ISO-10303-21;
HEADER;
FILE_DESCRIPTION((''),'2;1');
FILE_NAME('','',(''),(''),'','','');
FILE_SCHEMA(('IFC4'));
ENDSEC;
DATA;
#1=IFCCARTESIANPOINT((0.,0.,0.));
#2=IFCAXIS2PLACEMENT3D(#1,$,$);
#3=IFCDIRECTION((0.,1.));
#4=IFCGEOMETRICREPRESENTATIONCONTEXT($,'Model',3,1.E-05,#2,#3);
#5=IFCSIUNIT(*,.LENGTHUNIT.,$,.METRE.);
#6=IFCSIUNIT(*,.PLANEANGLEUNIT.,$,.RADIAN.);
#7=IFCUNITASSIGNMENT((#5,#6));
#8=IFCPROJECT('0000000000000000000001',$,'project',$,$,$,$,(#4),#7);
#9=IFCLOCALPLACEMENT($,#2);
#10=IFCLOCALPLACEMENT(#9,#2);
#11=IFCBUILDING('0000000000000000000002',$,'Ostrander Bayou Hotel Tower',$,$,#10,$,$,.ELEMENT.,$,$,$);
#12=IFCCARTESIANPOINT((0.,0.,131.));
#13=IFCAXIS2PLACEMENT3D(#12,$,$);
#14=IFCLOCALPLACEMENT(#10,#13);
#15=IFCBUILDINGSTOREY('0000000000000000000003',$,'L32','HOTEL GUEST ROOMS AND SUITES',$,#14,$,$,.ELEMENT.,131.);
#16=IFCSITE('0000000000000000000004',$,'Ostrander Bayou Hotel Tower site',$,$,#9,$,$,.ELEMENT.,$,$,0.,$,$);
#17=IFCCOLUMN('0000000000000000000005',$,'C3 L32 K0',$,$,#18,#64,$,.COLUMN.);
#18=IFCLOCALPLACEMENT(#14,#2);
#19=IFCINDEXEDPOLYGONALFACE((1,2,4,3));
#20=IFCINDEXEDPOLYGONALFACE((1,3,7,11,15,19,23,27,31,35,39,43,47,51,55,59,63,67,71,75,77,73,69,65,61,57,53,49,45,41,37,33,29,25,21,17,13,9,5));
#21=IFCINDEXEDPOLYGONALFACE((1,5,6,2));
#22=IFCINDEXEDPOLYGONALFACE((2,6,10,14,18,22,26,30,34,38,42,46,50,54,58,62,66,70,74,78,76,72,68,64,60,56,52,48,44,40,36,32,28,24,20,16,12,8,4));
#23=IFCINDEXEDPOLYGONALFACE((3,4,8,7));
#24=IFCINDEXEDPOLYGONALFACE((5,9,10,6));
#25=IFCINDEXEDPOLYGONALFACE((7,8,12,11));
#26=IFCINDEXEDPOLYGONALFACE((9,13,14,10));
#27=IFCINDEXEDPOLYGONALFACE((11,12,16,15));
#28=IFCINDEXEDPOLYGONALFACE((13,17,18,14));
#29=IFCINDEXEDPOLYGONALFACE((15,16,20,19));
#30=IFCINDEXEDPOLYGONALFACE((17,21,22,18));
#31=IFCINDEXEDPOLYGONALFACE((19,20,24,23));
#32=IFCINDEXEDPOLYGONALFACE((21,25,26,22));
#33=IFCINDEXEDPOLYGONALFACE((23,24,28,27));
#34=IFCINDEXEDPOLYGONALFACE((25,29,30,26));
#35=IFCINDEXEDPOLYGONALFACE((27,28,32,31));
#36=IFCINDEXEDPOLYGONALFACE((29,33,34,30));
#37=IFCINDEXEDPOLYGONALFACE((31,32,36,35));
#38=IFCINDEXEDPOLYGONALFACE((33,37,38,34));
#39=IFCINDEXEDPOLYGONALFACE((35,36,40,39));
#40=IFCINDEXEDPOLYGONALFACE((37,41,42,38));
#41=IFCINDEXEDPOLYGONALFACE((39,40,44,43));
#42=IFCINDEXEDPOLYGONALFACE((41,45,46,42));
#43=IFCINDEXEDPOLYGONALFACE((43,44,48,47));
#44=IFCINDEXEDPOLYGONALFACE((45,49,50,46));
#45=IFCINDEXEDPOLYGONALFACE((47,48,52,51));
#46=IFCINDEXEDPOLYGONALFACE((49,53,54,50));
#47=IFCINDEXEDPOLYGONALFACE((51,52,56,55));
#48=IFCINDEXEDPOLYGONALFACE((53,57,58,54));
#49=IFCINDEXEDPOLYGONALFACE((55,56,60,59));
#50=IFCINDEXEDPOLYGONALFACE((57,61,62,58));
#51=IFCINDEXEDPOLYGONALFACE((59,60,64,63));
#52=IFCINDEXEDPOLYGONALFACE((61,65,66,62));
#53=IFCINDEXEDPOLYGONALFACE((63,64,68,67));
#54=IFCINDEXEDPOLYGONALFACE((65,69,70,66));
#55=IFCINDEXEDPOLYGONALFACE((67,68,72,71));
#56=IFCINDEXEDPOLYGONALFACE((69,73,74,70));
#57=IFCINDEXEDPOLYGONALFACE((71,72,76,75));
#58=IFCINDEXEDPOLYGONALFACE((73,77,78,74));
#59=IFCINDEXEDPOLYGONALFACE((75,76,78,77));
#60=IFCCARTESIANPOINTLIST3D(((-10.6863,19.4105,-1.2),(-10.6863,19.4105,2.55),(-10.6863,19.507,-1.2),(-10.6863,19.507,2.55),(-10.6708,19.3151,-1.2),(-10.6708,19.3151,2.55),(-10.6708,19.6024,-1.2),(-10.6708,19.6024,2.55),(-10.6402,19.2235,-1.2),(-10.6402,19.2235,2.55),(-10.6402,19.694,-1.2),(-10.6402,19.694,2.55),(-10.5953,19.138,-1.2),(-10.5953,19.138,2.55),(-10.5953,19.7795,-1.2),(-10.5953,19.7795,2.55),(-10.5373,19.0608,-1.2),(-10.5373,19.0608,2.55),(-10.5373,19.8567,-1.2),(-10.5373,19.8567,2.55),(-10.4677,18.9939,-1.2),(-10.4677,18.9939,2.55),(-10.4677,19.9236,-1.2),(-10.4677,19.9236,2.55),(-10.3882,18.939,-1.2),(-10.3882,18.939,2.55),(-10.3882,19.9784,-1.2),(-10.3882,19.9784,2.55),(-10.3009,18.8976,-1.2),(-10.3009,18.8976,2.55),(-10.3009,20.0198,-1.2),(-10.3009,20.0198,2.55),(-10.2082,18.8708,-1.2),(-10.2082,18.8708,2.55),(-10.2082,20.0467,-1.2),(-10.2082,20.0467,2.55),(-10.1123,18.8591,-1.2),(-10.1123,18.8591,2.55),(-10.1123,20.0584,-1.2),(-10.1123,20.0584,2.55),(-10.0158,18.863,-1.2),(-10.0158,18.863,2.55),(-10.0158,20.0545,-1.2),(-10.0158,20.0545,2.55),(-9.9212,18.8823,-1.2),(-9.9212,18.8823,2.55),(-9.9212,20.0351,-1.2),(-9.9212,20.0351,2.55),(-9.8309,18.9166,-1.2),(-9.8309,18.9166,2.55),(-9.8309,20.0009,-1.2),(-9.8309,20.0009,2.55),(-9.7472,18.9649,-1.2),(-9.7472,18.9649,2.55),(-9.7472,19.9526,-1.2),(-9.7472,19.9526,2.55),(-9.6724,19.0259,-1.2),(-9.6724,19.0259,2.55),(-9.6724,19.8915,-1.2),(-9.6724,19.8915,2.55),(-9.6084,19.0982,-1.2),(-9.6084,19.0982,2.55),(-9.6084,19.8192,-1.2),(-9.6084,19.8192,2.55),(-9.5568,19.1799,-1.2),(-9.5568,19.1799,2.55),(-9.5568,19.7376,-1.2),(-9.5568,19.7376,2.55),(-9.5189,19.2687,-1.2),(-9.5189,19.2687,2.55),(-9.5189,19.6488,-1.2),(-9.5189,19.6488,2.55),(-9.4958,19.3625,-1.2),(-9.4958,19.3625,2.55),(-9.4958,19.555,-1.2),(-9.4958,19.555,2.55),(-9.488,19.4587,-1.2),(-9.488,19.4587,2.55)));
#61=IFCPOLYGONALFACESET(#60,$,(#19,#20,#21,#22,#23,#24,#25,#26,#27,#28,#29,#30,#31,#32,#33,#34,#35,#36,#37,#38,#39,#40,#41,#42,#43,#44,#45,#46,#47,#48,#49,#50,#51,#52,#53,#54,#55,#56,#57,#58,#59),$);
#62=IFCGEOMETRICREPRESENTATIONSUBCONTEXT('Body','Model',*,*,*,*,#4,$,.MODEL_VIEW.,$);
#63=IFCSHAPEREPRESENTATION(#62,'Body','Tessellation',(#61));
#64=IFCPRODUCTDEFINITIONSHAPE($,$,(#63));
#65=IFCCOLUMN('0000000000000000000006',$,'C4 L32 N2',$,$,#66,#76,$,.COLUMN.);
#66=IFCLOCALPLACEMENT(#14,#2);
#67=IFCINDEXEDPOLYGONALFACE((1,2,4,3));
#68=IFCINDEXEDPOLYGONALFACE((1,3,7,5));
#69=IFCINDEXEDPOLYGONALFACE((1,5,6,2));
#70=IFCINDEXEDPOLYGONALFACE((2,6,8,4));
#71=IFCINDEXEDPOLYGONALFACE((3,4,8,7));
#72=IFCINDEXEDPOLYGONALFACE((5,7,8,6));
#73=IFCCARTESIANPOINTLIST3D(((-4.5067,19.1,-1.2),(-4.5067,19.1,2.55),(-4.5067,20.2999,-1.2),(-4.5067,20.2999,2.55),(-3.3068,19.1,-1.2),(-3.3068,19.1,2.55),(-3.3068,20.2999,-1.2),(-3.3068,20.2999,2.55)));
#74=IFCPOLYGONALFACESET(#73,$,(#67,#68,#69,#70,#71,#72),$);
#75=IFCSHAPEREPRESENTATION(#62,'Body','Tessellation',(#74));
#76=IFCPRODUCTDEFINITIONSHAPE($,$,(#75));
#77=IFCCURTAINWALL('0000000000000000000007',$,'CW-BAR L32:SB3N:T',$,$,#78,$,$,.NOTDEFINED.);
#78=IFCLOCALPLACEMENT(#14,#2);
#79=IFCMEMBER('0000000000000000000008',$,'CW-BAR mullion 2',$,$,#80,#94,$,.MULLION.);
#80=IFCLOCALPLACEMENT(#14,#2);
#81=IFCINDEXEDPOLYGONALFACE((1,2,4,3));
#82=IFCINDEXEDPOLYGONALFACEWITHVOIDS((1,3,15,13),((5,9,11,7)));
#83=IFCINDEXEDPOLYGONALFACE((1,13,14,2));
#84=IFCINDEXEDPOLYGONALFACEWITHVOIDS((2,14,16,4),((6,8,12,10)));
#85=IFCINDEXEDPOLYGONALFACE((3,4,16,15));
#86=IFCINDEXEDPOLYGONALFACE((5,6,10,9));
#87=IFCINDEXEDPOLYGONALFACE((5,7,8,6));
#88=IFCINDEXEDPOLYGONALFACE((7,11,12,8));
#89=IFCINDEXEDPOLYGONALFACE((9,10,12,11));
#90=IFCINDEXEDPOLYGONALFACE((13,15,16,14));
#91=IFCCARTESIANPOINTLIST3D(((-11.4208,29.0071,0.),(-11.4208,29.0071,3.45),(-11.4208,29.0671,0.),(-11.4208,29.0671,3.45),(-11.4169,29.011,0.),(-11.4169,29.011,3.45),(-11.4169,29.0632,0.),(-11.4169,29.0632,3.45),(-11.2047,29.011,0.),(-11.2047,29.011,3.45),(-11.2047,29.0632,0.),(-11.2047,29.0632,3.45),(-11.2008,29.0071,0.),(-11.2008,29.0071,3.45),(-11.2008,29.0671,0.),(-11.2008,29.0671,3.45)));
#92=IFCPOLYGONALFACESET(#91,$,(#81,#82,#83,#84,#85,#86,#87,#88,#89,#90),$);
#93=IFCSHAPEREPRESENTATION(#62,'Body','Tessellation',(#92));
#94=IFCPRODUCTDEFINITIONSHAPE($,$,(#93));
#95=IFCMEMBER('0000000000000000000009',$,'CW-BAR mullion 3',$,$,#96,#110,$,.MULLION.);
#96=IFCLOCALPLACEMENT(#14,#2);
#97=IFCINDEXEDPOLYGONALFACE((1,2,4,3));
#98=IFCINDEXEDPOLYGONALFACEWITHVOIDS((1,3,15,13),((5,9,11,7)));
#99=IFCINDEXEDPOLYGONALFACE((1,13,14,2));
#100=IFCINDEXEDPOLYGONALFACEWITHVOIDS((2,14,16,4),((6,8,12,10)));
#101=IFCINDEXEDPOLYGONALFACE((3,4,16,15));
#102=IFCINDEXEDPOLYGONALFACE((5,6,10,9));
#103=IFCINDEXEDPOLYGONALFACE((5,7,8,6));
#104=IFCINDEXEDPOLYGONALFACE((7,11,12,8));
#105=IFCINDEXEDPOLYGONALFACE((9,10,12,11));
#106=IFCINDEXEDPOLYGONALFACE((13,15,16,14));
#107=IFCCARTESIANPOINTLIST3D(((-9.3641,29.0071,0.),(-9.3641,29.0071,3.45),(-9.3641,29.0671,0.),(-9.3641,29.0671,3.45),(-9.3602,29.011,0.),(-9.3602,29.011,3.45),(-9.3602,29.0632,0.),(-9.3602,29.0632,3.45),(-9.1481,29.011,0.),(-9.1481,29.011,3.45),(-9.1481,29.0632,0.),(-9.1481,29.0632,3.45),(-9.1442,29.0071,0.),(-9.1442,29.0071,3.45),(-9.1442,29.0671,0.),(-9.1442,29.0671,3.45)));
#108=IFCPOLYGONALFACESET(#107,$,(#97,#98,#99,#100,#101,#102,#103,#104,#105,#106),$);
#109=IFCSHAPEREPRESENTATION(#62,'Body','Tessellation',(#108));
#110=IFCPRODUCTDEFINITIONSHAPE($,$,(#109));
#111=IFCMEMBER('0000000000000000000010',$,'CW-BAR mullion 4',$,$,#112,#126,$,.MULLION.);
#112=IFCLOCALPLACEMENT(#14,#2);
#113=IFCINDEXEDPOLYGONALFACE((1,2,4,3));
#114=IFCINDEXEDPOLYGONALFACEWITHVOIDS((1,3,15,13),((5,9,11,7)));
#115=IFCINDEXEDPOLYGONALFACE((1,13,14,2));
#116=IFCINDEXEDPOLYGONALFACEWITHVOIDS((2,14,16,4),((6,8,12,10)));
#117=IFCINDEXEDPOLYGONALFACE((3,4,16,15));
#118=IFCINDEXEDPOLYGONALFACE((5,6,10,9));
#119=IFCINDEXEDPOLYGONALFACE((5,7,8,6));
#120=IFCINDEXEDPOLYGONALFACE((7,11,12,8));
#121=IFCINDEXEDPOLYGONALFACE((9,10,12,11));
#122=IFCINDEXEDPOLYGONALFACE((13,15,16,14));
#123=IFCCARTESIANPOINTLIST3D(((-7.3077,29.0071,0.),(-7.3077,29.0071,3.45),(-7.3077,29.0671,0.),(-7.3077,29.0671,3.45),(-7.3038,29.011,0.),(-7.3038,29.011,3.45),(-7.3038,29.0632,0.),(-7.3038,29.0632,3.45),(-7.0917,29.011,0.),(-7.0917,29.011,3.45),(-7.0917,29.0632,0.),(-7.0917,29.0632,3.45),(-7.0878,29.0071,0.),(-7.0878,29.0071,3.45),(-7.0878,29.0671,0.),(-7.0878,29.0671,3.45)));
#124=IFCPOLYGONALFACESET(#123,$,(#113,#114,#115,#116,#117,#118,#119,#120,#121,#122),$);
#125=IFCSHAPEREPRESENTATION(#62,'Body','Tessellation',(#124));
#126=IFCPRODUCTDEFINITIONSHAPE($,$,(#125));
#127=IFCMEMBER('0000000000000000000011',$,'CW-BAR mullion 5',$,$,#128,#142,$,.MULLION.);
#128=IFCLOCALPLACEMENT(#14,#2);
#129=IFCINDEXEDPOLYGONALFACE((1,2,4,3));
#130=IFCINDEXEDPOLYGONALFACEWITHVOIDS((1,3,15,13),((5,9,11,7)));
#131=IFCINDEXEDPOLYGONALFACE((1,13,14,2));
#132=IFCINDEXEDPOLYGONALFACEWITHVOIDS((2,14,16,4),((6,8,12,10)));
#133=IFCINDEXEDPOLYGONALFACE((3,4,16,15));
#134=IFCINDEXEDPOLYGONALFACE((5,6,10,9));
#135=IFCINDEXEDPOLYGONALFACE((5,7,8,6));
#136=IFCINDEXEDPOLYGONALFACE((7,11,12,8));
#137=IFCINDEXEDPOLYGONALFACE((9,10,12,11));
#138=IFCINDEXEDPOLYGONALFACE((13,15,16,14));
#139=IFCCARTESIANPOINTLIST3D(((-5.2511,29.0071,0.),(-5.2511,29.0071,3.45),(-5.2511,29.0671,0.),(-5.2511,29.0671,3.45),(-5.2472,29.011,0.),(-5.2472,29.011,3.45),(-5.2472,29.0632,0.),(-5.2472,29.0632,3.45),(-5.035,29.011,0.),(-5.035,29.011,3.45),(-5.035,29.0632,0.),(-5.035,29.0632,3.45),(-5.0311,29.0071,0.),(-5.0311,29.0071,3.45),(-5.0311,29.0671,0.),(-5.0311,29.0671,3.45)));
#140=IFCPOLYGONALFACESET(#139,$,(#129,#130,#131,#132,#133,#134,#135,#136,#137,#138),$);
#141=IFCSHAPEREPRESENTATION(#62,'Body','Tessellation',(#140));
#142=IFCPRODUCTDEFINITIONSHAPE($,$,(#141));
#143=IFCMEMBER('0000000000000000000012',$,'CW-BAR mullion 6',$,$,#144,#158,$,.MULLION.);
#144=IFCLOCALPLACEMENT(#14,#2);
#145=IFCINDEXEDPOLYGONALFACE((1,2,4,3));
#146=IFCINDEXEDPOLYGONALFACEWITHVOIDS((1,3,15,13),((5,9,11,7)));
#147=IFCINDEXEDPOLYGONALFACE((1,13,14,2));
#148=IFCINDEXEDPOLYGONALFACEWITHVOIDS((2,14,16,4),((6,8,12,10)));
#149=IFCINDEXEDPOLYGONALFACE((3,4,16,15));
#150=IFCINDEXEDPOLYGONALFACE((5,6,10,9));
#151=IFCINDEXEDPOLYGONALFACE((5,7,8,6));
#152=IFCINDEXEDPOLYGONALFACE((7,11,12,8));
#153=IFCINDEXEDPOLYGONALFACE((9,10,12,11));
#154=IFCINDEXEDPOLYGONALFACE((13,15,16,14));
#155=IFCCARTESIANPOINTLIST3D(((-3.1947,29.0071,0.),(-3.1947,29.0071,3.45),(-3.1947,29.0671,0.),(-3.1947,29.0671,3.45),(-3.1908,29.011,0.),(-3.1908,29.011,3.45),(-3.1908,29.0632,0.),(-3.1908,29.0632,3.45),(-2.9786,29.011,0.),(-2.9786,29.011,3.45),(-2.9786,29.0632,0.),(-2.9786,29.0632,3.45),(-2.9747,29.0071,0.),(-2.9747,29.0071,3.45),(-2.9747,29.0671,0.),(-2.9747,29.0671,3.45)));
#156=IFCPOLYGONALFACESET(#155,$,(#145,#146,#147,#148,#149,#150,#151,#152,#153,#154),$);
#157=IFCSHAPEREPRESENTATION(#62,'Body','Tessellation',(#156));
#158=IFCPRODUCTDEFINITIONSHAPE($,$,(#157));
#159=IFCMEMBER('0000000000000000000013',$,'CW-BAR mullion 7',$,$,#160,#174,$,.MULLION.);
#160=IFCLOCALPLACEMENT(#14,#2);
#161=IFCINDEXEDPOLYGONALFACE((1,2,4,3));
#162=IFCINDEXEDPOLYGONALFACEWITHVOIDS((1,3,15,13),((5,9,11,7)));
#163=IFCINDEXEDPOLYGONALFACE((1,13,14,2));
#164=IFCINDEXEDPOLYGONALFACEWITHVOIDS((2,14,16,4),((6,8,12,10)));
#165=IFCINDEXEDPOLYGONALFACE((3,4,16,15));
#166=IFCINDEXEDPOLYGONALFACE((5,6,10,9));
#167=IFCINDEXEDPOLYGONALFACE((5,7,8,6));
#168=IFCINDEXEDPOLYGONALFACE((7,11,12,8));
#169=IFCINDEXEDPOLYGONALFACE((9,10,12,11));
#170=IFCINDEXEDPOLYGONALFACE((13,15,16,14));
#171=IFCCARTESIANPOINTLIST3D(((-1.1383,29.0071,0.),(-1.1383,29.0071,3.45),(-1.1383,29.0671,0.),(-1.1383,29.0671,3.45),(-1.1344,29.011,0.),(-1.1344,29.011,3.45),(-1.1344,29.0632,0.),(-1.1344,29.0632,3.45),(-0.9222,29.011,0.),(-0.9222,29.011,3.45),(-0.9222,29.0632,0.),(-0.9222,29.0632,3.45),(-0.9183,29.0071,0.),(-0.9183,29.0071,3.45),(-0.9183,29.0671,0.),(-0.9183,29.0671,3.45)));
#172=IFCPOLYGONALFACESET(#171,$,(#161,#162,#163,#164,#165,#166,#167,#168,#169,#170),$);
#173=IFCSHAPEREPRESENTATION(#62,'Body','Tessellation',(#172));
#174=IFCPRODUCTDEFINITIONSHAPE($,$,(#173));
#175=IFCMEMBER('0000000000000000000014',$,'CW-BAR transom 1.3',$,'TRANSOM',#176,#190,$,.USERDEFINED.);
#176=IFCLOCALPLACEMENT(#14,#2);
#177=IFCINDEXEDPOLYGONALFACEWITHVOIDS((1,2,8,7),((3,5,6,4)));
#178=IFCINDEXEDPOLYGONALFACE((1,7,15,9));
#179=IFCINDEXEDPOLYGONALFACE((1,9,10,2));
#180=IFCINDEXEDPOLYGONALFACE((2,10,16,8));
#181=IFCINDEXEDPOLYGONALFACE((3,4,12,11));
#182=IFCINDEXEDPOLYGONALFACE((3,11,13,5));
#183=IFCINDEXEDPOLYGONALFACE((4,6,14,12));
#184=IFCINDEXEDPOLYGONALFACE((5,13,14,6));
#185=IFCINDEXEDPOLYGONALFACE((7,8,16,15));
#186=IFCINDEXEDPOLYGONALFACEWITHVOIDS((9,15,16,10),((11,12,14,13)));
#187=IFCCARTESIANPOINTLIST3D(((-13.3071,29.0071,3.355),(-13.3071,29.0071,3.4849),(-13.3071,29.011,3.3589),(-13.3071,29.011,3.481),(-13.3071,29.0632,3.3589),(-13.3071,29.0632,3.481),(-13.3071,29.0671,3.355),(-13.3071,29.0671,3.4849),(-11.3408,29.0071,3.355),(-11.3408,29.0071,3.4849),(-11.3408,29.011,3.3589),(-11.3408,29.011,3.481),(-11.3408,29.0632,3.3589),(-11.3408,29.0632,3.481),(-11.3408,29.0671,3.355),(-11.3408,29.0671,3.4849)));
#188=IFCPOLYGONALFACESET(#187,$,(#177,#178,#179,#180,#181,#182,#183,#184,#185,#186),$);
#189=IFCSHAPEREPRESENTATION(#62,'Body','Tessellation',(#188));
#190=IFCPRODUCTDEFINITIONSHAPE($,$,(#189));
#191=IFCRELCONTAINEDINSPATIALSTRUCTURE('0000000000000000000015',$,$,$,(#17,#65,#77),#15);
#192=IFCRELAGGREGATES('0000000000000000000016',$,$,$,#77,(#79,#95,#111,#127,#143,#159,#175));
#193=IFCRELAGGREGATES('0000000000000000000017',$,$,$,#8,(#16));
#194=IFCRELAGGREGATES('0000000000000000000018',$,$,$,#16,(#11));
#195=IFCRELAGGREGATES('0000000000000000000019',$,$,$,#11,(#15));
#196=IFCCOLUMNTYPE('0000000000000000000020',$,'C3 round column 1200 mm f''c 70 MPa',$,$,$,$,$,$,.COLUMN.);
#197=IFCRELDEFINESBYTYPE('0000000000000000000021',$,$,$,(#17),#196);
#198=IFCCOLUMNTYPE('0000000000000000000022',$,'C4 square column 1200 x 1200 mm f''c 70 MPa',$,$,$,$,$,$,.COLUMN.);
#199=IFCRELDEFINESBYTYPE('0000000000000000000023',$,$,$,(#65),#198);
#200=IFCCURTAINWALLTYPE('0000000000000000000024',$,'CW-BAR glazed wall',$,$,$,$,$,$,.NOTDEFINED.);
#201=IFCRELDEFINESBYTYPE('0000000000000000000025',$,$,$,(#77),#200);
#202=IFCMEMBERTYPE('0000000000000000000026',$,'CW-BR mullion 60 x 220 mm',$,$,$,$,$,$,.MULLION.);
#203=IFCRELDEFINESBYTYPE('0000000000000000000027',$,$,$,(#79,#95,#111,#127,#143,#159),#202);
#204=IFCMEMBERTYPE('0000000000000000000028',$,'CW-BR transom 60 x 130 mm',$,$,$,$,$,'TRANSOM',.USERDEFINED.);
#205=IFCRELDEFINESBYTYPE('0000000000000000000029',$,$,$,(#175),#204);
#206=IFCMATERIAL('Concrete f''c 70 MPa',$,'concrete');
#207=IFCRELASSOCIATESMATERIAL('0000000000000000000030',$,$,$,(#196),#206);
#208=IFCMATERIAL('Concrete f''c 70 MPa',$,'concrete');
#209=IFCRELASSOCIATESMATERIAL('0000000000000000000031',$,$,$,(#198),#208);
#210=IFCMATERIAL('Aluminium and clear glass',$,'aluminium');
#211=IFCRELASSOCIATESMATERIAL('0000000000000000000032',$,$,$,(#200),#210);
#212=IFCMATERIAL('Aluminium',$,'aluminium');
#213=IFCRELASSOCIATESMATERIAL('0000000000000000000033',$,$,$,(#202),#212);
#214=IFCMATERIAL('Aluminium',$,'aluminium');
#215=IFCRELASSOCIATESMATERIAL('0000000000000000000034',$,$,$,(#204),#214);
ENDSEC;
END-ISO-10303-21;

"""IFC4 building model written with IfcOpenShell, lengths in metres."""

from ifc_helpers import new_model, si_unit, direction, frame, origin, origin_2d, place, context, subcontext, project, spatial, rectangle, hollow_rectangle, circle, extrude, material, material_profile, profile_set, type_object, element, aggregate, save


model = new_model("IFC4")

# Units and contexts
model_context = context("Model", 3, precision=1e-05, world=origin(), true_north=direction((0.0, 1.0)))
body_context = subcontext(model_context, "Body", "Model", "MODEL_VIEW")
ifc_project = project(units=[si_unit("LENGTHUNIT", "METRE"), si_unit("PLANEANGLEUNIT", "RADIAN")], contexts=[model_context])

# Site, building, storey
site_placement = place(None, origin())
site = spatial("IfcSite", under=ifc_project, at=site_placement, Name="Ostrander Bayou Hotel Tower site", CompositionType="ELEMENT", RefElevation=0.0)
building_placement = place(site_placement, origin())
building = spatial("IfcBuilding", under=site, at=building_placement, Name="Ostrander Bayou Hotel Tower", CompositionType="ELEMENT")
storey_placement = place(building_placement, frame((0.0, 0.0, 131.0)))
storey = spatial("IfcBuildingStorey", under=building, at=storey_placement, Name="L32", Description="HOTEL GUEST ROOMS AND SUITES", CompositionType="ELEMENT", Elevation=131.0)

# Columns
ifc_material_1 = material(Name="Concrete f'c 70 MPa", Category="concrete")
ifc_material_profile_1 = material_profile(ifc_material_1, circle(Radius=0.6001, at=origin_2d()))
ifc_profile_set_1 = profile_set([ifc_material_profile_1], Name="Concrete f'c 70 MPa")
column_type_1 = type_object("IfcColumnType", Name="C3 round column 1200 mm f'c 70 MPa", PredefinedType="COLUMN", material=ifc_profile_set_1)
column_1_placement = place(storey_placement, frame((-10.0881, 19.4587, -1.2), z_axis=(0.0, 0.0, 1.0), x_axis=(1.0, 0.0, 0.0)))
element("IfcColumn", 1, at=column_1_placement, inside=storey, type_object=column_type_1, Name="C3 L32 K0", PredefinedType="COLUMN", context=body_context, shape_type="SweptSolid", body=[
    extrude(circle(Radius=0.6001, at=origin_2d()), origin(), (0.0, 0.0, 1.0), 3.75),
])
ifc_material_2 = material(Name="Concrete f'c 70 MPa", Category="concrete")
ifc_material_profile_2 = material_profile(ifc_material_2, rectangle(XDim=1.2, YDim=1.2, at=origin_2d()))
ifc_profile_set_2 = profile_set([ifc_material_profile_2], Name="Concrete f'c 70 MPa")
column_type_2 = type_object("IfcColumnType", Name="C4 square column 1200 x 1200 mm f'c 70 MPa", PredefinedType="COLUMN", material=ifc_profile_set_2)
column_2_placement = place(storey_placement, frame((-3.9067, 19.7, -1.2), z_axis=(0.0, 0.0, 1.0), x_axis=(1.0, 0.0, 0.0)))
element("IfcColumn", 2, at=column_2_placement, inside=storey, type_object=column_type_2, Name="C4 L32 N2", PredefinedType="COLUMN", context=body_context, shape_type="SweptSolid", body=[
    extrude(rectangle(XDim=1.2, YDim=1.2, at=origin_2d()), origin(), (0.0, 0.0, 1.0), 3.75),
])

# Curtain wall, members
ifc_material_3 = material(Name="Aluminium and clear glass", Category="aluminium")
curtain_wall_type = type_object("IfcCurtainWallType", Name="CW-BAR glazed wall", PredefinedType="NOTDEFINED", material=ifc_material_3)
curtain_wall_placement = place(storey_placement, origin())
curtain_wall = element("IfcCurtainWall", 3, at=curtain_wall_placement, inside=storey, type_object=curtain_wall_type, Name="CW-BAR L32:SB3N:T", PredefinedType="NOTDEFINED")
ifc_material_4 = material(Name="Aluminium", Category="aluminium")
ifc_material_profile_3 = material_profile(ifc_material_4, hollow_rectangle(XDim=0.0601, YDim=0.22, WallThickness=0.0039, at=origin_2d()))
ifc_profile_set_3 = profile_set([ifc_material_profile_3], Name="Aluminium")
member_type_1 = type_object("IfcMemberType", Name="CW-BR mullion 60 x 220 mm", PredefinedType="MULLION", material=ifc_profile_set_3)
member_1_placement = place(storey_placement, frame((-11.3108, 29.0371, 0.0), z_axis=(0.0, 0.0, 1.0), x_axis=(0.0, 1.0, 0.0)))
member_1 = element("IfcMember", 4, at=member_1_placement, type_object=member_type_1, Name="CW-BAR mullion 2", PredefinedType="MULLION", context=body_context, shape_type="SweptSolid", body=[
    extrude(hollow_rectangle(XDim=0.0601, YDim=0.22, WallThickness=0.0039, at=origin_2d()), origin(), (0.0, 0.0, 1.0), 3.45),
])
member_2_placement = place(storey_placement, frame((-9.2542, 29.0371, 0.0), z_axis=(0.0, 0.0, 1.0), x_axis=(0.0, 1.0, 0.0)))
member_2 = element("IfcMember", 5, at=member_2_placement, type_object=member_type_1, Name="CW-BAR mullion 3", PredefinedType="MULLION", context=body_context, shape_type="SweptSolid", body=[
    extrude(hollow_rectangle(XDim=0.0601, YDim=0.22, WallThickness=0.0039, at=origin_2d()), origin(), (0.0, 0.0, 1.0), 3.45),
])
member_3_placement = place(storey_placement, frame((-7.1978, 29.0371, 0.0), z_axis=(0.0, 0.0, 1.0), x_axis=(0.0, 1.0, 0.0)))
member_3 = element("IfcMember", 6, at=member_3_placement, type_object=member_type_1, Name="CW-BAR mullion 4", PredefinedType="MULLION", context=body_context, shape_type="SweptSolid", body=[
    extrude(hollow_rectangle(XDim=0.0601, YDim=0.22, WallThickness=0.0039, at=origin_2d()), origin(), (0.0, 0.0, 1.0), 3.45),
])
member_4_placement = place(storey_placement, frame((-5.1411, 29.0371, 0.0), z_axis=(0.0, 0.0, 1.0), x_axis=(0.0, 1.0, 0.0)))
member_4 = element("IfcMember", 7, at=member_4_placement, type_object=member_type_1, Name="CW-BAR mullion 5", PredefinedType="MULLION", context=body_context, shape_type="SweptSolid", body=[
    extrude(hollow_rectangle(XDim=0.0601, YDim=0.22, WallThickness=0.0039, at=origin_2d()), origin(), (0.0, 0.0, 1.0), 3.45),
])
member_5_placement = place(storey_placement, frame((-3.0847, 29.0371, 0.0), z_axis=(0.0, 0.0, 1.0), x_axis=(0.0, 1.0, 0.0)))
member_5 = element("IfcMember", 8, at=member_5_placement, type_object=member_type_1, Name="CW-BAR mullion 6", PredefinedType="MULLION", context=body_context, shape_type="SweptSolid", body=[
    extrude(hollow_rectangle(XDim=0.0601, YDim=0.22, WallThickness=0.0039, at=origin_2d()), origin(), (0.0, 0.0, 1.0), 3.45),
])
member_6_placement = place(storey_placement, frame((-1.0283, 29.0371, 0.0), z_axis=(0.0, 0.0, 1.0), x_axis=(0.0, 1.0, 0.0)))
member_6 = element("IfcMember", 9, at=member_6_placement, type_object=member_type_1, Name="CW-BAR mullion 7", PredefinedType="MULLION", context=body_context, shape_type="SweptSolid", body=[
    extrude(hollow_rectangle(XDim=0.0601, YDim=0.22, WallThickness=0.0039, at=origin_2d()), origin(), (0.0, 0.0, 1.0), 3.45),
])
ifc_material_5 = material(Name="Aluminium", Category="aluminium")
ifc_material_profile_4 = material_profile(ifc_material_5, hollow_rectangle(XDim=0.0601, YDim=0.1299, WallThickness=0.0039, at=origin_2d()))
ifc_profile_set_4 = profile_set([ifc_material_profile_4], Name="Aluminium")
member_type_2 = type_object("IfcMemberType", Name="CW-BR transom 60 x 130 mm", ElementType="TRANSOM", PredefinedType="USERDEFINED", material=ifc_profile_set_4)
member_7_placement = place(storey_placement, frame((-13.3071, 29.0371, 3.4199), z_axis=(1.0, 0.0, 0.0), x_axis=(0.0, 1.0, 0.0)))
member_7 = element("IfcMember", 10, at=member_7_placement, type_object=member_type_2, Name="CW-BAR transom 1.3", ObjectType="TRANSOM", PredefinedType="USERDEFINED", context=body_context, shape_type="SweptSolid", body=[
    extrude(hollow_rectangle(XDim=0.0601, YDim=0.1299, WallThickness=0.0039, at=origin_2d()), origin(), (0.0, 0.0, 1.0), 1.9663),
])
aggregate(curtain_wall, [member_1, member_2, member_3, member_4, member_5, member_6, member_7])

save(model, "model.ifc")
